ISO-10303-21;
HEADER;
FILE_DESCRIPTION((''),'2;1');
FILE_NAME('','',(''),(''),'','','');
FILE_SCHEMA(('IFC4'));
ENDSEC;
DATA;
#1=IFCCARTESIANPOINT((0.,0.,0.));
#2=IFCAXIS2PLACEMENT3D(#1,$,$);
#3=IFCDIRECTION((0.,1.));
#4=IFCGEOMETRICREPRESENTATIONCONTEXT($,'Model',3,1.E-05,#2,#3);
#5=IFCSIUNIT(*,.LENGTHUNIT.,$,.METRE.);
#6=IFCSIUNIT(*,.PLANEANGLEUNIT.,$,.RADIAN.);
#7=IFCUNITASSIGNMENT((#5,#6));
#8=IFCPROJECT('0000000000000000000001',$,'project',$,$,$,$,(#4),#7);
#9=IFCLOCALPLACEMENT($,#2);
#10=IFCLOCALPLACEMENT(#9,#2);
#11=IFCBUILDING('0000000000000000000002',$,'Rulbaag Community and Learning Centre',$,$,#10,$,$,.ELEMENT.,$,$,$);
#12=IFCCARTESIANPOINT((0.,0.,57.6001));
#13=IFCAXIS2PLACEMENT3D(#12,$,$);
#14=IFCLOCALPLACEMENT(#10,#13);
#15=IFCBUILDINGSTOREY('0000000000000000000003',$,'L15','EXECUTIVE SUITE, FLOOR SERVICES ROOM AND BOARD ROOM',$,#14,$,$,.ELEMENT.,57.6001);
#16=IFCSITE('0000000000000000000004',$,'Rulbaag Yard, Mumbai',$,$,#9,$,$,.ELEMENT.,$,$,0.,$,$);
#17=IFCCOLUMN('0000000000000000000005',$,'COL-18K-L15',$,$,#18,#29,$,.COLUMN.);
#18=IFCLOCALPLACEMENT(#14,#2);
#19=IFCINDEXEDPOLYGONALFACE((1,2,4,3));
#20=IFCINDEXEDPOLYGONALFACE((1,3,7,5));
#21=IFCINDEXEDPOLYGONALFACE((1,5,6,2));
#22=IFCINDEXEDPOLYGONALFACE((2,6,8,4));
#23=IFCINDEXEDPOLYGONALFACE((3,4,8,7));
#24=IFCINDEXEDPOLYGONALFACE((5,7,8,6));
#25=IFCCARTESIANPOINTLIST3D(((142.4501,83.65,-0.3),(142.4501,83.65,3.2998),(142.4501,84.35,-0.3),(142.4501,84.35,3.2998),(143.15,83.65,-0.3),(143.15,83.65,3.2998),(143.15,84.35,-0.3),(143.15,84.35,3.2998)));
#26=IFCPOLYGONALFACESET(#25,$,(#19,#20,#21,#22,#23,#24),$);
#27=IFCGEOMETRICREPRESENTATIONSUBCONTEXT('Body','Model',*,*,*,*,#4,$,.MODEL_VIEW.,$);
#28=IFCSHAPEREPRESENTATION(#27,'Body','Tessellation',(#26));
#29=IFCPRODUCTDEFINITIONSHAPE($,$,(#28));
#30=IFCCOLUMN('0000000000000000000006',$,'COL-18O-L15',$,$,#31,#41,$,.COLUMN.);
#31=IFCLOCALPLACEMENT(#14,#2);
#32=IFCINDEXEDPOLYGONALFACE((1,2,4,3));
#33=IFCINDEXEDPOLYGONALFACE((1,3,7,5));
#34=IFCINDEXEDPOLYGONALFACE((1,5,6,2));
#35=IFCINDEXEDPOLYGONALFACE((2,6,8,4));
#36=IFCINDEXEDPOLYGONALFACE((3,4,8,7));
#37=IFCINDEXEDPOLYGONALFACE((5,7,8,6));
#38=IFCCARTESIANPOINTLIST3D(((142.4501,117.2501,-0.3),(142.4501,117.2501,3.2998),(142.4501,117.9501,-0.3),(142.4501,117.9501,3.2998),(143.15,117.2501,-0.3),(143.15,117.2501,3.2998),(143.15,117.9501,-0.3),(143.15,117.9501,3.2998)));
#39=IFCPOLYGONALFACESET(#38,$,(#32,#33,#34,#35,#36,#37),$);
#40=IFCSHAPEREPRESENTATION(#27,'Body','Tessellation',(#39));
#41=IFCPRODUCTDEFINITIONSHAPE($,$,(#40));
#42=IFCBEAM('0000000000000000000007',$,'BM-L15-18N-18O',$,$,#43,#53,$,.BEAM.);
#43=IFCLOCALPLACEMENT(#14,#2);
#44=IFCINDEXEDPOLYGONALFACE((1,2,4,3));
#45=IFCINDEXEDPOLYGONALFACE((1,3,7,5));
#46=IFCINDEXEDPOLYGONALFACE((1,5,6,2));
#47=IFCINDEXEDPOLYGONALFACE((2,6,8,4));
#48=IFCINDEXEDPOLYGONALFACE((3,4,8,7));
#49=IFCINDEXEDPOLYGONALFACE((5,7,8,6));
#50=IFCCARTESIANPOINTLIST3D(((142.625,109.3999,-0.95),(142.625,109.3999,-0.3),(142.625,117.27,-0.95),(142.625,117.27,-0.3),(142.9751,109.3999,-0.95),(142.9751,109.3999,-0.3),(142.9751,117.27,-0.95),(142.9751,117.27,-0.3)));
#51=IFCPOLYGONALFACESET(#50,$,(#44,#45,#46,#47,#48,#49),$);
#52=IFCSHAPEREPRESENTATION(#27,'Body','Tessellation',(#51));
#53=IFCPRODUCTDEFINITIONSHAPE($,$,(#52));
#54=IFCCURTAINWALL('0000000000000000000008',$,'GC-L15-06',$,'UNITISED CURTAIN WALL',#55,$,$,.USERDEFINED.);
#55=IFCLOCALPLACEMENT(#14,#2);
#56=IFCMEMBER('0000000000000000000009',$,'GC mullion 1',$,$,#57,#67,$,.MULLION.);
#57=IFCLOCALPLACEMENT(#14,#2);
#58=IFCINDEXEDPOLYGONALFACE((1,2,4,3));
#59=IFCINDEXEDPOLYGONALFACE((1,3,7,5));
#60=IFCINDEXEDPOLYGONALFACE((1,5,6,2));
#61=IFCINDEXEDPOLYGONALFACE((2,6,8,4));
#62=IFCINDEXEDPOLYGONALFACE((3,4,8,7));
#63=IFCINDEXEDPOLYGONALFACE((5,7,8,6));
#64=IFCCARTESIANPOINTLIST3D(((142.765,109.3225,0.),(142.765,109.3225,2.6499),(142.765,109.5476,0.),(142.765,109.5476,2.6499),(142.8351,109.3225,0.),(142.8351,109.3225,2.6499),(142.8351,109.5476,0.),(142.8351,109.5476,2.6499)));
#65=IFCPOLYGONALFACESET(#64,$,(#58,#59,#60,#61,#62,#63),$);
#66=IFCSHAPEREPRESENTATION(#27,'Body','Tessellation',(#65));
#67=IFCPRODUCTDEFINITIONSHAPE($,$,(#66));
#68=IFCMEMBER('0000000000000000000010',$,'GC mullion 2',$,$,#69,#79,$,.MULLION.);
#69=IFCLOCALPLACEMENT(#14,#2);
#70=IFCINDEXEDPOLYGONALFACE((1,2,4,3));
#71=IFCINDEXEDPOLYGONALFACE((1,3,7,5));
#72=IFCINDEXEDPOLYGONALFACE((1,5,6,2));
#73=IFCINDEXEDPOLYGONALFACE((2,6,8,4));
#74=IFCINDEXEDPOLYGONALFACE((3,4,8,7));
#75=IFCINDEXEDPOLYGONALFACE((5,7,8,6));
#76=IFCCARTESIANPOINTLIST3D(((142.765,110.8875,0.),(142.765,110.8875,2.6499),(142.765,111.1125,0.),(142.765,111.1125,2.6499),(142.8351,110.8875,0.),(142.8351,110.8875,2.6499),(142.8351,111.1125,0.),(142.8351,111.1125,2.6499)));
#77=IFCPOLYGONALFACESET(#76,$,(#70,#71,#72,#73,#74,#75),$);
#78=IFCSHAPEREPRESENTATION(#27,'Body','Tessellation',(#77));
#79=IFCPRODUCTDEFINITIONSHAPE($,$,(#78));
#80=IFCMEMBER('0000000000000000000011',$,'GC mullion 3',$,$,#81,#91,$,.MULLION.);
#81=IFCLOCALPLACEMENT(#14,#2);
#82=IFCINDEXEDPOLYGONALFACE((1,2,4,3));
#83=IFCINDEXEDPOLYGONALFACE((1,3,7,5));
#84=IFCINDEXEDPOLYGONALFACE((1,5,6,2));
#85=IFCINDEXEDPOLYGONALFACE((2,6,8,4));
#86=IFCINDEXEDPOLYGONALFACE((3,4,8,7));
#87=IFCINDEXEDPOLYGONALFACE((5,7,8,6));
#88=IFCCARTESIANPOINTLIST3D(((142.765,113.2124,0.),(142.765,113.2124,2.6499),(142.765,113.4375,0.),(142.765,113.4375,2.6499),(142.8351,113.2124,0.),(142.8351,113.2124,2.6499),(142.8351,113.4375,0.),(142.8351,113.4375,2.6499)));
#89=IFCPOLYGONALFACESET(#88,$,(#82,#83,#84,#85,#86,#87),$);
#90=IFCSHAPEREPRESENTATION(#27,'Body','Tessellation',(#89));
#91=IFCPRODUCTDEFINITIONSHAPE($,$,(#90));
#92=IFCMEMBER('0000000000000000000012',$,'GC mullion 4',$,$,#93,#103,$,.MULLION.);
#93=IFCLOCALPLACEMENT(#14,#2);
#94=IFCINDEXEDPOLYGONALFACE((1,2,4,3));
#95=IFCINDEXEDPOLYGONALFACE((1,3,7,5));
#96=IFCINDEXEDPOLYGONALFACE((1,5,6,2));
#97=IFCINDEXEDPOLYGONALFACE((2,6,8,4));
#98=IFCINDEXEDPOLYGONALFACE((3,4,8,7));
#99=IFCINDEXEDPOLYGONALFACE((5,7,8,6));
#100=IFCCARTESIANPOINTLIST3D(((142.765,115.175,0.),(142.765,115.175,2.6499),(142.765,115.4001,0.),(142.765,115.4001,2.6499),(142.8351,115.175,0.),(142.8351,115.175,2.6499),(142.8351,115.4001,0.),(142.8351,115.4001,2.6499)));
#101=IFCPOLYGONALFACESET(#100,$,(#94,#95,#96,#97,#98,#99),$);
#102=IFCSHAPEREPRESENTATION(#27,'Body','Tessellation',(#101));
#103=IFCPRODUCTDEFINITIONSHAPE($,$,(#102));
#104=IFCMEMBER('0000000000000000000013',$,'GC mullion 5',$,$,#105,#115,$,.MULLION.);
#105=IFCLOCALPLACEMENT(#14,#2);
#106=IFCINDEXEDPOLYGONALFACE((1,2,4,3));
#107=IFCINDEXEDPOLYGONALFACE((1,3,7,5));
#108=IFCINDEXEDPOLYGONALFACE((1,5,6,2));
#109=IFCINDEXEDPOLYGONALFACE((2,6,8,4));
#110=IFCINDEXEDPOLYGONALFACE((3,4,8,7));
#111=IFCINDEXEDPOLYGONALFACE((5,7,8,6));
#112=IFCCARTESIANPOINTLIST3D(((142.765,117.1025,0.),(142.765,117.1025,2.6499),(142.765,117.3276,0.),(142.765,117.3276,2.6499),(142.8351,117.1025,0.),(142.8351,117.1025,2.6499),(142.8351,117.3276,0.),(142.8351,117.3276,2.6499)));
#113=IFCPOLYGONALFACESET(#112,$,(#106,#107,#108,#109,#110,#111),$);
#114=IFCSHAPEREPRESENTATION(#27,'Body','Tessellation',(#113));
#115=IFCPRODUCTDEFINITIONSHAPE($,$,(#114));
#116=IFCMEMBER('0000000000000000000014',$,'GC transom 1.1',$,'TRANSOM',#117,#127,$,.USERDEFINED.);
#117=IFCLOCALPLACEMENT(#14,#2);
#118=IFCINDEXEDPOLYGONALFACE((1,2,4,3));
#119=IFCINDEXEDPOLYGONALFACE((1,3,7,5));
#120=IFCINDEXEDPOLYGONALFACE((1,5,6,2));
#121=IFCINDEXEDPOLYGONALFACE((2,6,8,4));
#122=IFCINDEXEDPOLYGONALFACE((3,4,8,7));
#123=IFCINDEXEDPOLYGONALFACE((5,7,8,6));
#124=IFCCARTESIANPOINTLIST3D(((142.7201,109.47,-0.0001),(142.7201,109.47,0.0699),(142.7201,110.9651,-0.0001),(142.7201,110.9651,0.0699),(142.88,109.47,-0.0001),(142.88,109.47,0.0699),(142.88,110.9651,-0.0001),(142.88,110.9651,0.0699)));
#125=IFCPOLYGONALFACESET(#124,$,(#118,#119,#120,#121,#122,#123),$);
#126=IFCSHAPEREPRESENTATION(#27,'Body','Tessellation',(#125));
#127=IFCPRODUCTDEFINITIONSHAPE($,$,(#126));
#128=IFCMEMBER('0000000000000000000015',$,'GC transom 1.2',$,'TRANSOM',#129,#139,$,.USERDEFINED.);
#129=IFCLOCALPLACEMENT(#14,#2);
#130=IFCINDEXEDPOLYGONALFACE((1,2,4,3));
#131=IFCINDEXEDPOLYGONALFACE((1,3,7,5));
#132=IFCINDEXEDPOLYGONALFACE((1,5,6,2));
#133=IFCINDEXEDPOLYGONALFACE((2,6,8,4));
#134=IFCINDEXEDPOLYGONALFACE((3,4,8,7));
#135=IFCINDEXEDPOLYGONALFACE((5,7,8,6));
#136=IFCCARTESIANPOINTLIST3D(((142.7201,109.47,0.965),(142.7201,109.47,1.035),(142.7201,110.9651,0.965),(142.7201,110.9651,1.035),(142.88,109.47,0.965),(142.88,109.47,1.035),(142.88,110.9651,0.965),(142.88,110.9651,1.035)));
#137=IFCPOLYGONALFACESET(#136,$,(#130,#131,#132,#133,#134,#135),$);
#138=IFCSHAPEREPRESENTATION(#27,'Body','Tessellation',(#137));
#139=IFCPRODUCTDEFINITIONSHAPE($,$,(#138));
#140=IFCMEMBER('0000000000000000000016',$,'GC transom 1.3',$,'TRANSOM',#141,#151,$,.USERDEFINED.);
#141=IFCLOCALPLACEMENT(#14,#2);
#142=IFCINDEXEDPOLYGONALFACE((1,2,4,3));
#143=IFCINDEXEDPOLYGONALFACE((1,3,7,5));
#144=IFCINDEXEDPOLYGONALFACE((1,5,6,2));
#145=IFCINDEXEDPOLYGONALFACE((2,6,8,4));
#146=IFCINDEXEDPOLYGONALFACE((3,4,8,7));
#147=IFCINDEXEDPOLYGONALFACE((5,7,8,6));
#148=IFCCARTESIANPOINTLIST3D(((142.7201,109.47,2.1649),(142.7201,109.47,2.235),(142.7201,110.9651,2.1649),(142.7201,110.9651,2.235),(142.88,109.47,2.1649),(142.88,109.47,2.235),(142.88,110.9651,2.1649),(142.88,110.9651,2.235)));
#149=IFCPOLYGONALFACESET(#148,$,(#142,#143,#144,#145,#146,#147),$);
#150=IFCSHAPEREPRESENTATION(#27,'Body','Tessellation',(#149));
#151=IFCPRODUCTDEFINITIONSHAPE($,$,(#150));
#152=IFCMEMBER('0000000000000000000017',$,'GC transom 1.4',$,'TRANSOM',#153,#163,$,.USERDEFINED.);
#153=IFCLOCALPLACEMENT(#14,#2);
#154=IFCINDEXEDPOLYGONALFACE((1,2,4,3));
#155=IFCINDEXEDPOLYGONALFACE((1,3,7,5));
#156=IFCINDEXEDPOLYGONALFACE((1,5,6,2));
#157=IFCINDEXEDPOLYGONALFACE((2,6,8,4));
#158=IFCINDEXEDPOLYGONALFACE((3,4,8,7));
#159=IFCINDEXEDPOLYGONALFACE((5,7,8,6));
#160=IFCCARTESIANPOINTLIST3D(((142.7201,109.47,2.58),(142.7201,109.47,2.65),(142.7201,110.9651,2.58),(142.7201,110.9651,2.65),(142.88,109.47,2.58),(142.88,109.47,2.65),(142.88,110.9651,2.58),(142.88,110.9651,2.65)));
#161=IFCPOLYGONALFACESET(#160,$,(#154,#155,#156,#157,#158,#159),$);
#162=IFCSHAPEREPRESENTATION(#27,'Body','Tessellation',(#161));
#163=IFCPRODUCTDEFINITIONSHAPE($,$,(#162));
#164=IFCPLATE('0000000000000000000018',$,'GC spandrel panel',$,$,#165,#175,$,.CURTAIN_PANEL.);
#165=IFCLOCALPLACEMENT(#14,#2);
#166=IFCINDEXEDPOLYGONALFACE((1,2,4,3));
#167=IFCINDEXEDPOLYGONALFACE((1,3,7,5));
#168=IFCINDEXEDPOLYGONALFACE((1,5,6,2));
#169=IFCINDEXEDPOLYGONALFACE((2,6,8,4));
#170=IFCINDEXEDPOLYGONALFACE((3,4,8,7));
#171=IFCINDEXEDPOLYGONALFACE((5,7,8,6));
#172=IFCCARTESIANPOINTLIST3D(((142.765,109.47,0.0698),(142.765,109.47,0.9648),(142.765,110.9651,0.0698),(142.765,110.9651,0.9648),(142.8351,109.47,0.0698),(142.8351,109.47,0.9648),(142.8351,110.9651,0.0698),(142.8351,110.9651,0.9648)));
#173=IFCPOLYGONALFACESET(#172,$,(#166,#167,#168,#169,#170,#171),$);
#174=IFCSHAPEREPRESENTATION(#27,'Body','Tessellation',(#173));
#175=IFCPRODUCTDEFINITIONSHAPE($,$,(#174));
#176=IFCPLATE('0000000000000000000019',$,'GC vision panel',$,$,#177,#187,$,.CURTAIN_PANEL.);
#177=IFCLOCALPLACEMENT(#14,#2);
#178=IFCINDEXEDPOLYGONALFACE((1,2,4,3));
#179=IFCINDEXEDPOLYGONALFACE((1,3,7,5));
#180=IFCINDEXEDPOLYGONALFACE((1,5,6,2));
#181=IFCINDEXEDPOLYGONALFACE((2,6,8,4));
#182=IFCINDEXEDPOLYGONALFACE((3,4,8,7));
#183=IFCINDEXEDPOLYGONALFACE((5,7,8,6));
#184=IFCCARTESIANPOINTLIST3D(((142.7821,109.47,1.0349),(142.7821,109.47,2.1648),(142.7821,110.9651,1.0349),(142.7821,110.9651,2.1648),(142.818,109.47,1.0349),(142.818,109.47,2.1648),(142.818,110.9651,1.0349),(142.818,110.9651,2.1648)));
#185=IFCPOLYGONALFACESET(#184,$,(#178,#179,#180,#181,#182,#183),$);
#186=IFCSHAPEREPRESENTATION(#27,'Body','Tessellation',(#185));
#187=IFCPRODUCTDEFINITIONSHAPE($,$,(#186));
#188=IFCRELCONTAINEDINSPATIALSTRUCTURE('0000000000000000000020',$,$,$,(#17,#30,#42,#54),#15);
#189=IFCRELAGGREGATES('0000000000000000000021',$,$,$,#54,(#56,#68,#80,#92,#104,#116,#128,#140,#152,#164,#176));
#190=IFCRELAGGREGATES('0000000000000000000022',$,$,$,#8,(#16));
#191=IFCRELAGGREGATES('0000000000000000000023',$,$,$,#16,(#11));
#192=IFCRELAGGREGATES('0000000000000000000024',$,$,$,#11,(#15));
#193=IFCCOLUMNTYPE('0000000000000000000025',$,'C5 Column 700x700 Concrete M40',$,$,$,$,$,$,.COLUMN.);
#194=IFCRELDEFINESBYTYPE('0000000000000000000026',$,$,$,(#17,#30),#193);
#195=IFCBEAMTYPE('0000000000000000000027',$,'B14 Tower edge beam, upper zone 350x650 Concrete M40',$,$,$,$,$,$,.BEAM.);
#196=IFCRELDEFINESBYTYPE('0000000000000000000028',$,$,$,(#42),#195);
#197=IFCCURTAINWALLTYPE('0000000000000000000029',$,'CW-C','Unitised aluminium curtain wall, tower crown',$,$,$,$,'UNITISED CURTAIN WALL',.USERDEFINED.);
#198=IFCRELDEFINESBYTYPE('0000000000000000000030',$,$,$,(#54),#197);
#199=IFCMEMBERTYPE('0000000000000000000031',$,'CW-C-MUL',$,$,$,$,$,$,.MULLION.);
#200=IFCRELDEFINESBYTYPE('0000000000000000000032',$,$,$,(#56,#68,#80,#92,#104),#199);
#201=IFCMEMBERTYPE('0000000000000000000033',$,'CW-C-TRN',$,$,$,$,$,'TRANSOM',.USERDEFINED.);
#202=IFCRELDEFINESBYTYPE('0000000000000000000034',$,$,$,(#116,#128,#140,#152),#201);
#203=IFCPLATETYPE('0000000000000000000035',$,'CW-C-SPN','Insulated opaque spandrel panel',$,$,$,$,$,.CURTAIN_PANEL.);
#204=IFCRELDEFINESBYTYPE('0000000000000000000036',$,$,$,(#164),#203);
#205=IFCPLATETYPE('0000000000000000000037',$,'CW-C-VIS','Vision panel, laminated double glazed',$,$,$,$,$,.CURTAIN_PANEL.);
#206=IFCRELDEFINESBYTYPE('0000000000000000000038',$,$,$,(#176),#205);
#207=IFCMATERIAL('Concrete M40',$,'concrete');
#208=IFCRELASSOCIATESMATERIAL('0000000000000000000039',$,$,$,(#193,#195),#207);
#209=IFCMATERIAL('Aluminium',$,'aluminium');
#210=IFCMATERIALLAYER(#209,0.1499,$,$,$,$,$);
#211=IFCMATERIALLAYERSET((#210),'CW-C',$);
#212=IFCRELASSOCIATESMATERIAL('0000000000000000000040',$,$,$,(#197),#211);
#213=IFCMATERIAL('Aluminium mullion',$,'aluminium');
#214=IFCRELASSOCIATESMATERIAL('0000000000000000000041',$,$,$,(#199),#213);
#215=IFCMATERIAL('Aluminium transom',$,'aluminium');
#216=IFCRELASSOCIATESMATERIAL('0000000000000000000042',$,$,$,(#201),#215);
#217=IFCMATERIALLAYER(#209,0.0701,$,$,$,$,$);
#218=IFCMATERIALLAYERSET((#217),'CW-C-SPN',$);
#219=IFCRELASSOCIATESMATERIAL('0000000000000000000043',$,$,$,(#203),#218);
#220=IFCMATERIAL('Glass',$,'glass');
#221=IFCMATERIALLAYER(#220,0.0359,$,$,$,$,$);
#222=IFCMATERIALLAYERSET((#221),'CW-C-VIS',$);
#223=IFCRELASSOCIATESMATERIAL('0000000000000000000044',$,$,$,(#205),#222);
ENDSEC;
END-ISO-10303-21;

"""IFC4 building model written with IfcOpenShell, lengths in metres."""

from ifc_helpers import new_model, si_unit, direction, frame, origin, origin_2d, place, context, subcontext, project, spatial, rectangle, extrude, material, layer, layer_set, material_profile, profile_set, type_object, element, aggregate, save


model = new_model("IFC4")

# Units and contexts
model_context = context("Model", 3, precision=1e-05, world=origin(), true_north=direction((0.0, 1.0)))
body_context = subcontext(model_context, "Body", "Model", "MODEL_VIEW")
ifc_project = project(units=[si_unit("LENGTHUNIT", "METRE"), si_unit("PLANEANGLEUNIT", "RADIAN")], contexts=[model_context])

# Site, building, storey
site_placement = place(None, origin())
site = spatial("IfcSite", under=ifc_project, at=site_placement, Name="Rulbaag Yard, Mumbai", CompositionType="ELEMENT", RefElevation=0.0)
building_placement = place(site_placement, origin())
building = spatial("IfcBuilding", under=site, at=building_placement, Name="Rulbaag Community and Learning Centre", CompositionType="ELEMENT")
storey_placement = place(building_placement, frame((0.0, 0.0, 57.6001)))
storey = spatial("IfcBuildingStorey", under=building, at=storey_placement, Name="L15", Description="EXECUTIVE SUITE, FLOOR SERVICES ROOM AND BOARD ROOM", CompositionType="ELEMENT", Elevation=57.6001)

# Columns
ifc_material_1 = material(Name="Concrete M40", Category="concrete")
ifc_material_profile_1 = material_profile(ifc_material_1, rectangle(XDim=0.7, YDim=0.7, at=origin_2d()), Name="RC700x700")
ifc_profile_set_1 = profile_set([ifc_material_profile_1], Name="Concrete M40")
column_type = type_object("IfcColumnType", Name="C5 Column 700x700 Concrete M40", PredefinedType="COLUMN", material=ifc_profile_set_1)
for number, where, z_axis, x_axis, name in (
    (1, (142.8, 84.0, -0.3), (0.0, 0.0, 1.0), (1.0, 0.0, 0.0), "COL-18K-L15"),
    (2, (142.8, 117.6001, -0.3), (0.0, 0.0, 1.0), (1.0, 0.0, 0.0), "COL-18O-L15"),
):
    element("IfcColumn", number, at=place(storey_placement, frame(where, z_axis=z_axis, x_axis=x_axis)), inside=storey, type_object=column_type, Name=name, PredefinedType="COLUMN", context=body_context, shape_type="SweptSolid", body=[
        extrude(rectangle(XDim=0.7, YDim=0.7, at=origin_2d()), origin(), (0.0, 0.0, 1.0), 3.5999),
    ])

# Beam
ifc_material_profile_2 = material_profile(ifc_material_1, rectangle(XDim=0.3501, YDim=0.6499, at=origin_2d()), Name="RB350x650")
ifc_profile_set_2 = profile_set([ifc_material_profile_2], Name="Concrete M40")
beam_type = type_object("IfcBeamType", Name="B14 Tower edge beam, upper zone 350x650 Concrete M40", PredefinedType="BEAM", material=ifc_profile_set_2)
beam_placement = place(storey_placement, frame((142.8, 109.3999, -0.625), z_axis=(0.0, 1.0, 0.0), x_axis=(-1.0, 0.0, 0.0)))
element("IfcBeam", 3, at=beam_placement, inside=storey, type_object=beam_type, Name="BM-L15-18N-18O", PredefinedType="BEAM", context=body_context, shape_type="SweptSolid", body=[
    extrude(rectangle(XDim=0.3501, YDim=0.6499, at=origin_2d()), origin(), (0.0, 0.0, 1.0), 7.8701),
])

# Curtain wall, members, plates
ifc_material_2 = material(Name="Aluminium", Category="aluminium")
ifc_layer_1 = layer(ifc_material_2, 0.1499)
ifc_layer_set_1 = layer_set([ifc_layer_1], Name="CW-C")
curtain_wall_type = type_object("IfcCurtainWallType", Name="CW-C", Description="Unitised aluminium curtain wall, tower crown", ElementType="UNITISED CURTAIN WALL", PredefinedType="USERDEFINED", material=ifc_layer_set_1)
curtain_wall_placement = place(storey_placement, origin())
curtain_wall = element("IfcCurtainWall", 4, at=curtain_wall_placement, inside=storey, type_object=curtain_wall_type, Name="GC-L15-06", ObjectType="UNITISED CURTAIN WALL", PredefinedType="USERDEFINED")
ifc_material_3 = material(Name="Aluminium mullion", Category="aluminium")
ifc_material_profile_3 = material_profile(ifc_material_3, rectangle(XDim=0.0701, YDim=0.2251, at=origin_2d()), Name="AL 70x225")
ifc_profile_set_3 = profile_set([ifc_material_profile_3], Name="Aluminium mullion")
member_type_1 = type_object("IfcMemberType", Name="CW-C-MUL", PredefinedType="MULLION", material=ifc_profile_set_3)
member_1_placement = place(storey_placement, frame((142.8, 109.4351, 0.0), z_axis=(0.0, 0.0, 1.0), x_axis=(-1.0, 0.0, 0.0)))
member_1 = element("IfcMember", 5, at=member_1_placement, type_object=member_type_1, Name="GC mullion 1", PredefinedType="MULLION", context=body_context, shape_type="SweptSolid", body=[
    extrude(rectangle(XDim=0.0701, YDim=0.2251, at=origin_2d()), origin(), (0.0, 0.0, 1.0), 2.6499),
])
member_2_placement = place(storey_placement, frame((142.8, 111.0, 0.0), z_axis=(0.0, 0.0, 1.0), x_axis=(-1.0, 0.0, 0.0)))
member_2 = element("IfcMember", 6, at=member_2_placement, type_object=member_type_1, Name="GC mullion 2", PredefinedType="MULLION", context=body_context, shape_type="SweptSolid", body=[
    extrude(rectangle(XDim=0.0701, YDim=0.2251, at=origin_2d()), origin(), (0.0, 0.0, 1.0), 2.6499),
])
member_3_placement = place(storey_placement, frame((142.8, 113.325, 0.0), z_axis=(0.0, 0.0, 1.0), x_axis=(-1.0, 0.0, 0.0)))
member_3 = element("IfcMember", 7, at=member_3_placement, type_object=member_type_1, Name="GC mullion 3", PredefinedType="MULLION", context=body_context, shape_type="SweptSolid", body=[
    extrude(rectangle(XDim=0.0701, YDim=0.2251, at=origin_2d()), origin(), (0.0, 0.0, 1.0), 2.6499),
])
member_4_placement = place(storey_placement, frame((142.8, 115.2876, 0.0), z_axis=(0.0, 0.0, 1.0), x_axis=(-1.0, 0.0, 0.0)))
member_4 = element("IfcMember", 8, at=member_4_placement, type_object=member_type_1, Name="GC mullion 4", PredefinedType="MULLION", context=body_context, shape_type="SweptSolid", body=[
    extrude(rectangle(XDim=0.0701, YDim=0.2251, at=origin_2d()), origin(), (0.0, 0.0, 1.0), 2.6499),
])
member_5_placement = place(storey_placement, frame((142.8, 117.2151, 0.0), z_axis=(0.0, 0.0, 1.0), x_axis=(-1.0, 0.0, 0.0)))
member_5 = element("IfcMember", 9, at=member_5_placement, type_object=member_type_1, Name="GC mullion 5", PredefinedType="MULLION", context=body_context, shape_type="SweptSolid", body=[
    extrude(rectangle(XDim=0.0701, YDim=0.2251, at=origin_2d()), origin(), (0.0, 0.0, 1.0), 2.6499),
])
ifc_material_4 = material(Name="Aluminium transom", Category="aluminium")
ifc_material_profile_4 = material_profile(ifc_material_4, rectangle(XDim=0.1599, YDim=0.0701, at=origin_2d()), Name="AL 70x160 T")
ifc_profile_set_4 = profile_set([ifc_material_profile_4], Name="Aluminium transom")
member_type_2 = type_object("IfcMemberType", Name="CW-C-TRN", ElementType="TRANSOM", PredefinedType="USERDEFINED", material=ifc_profile_set_4)
member_6_placement = place(storey_placement, frame((142.8, 109.47, 0.0349), z_axis=(0.0, 1.0, 0.0), x_axis=(-1.0, 0.0, 0.0)))
member_6 = element("IfcMember", 10, at=member_6_placement, type_object=member_type_2, Name="GC transom 1.1", ObjectType="TRANSOM", PredefinedType="USERDEFINED", context=body_context, shape_type="SweptSolid", body=[
    extrude(rectangle(XDim=0.1599, YDim=0.0701, at=origin_2d()), origin(), (0.0, 0.0, 1.0), 1.4951),
])
member_7_placement = place(storey_placement, frame((142.8, 109.47, 1.0), z_axis=(0.0, 1.0, 0.0), x_axis=(-1.0, 0.0, 0.0)))
member_7 = element("IfcMember", 11, at=member_7_placement, type_object=member_type_2, Name="GC transom 1.2", ObjectType="TRANSOM", PredefinedType="USERDEFINED", context=body_context, shape_type="SweptSolid", body=[
    extrude(rectangle(XDim=0.1599, YDim=0.0701, at=origin_2d()), origin(), (0.0, 0.0, 1.0), 1.4951),
])
member_8_placement = place(storey_placement, frame((142.8, 109.47, 2.2), z_axis=(0.0, 1.0, 0.0), x_axis=(-1.0, 0.0, 0.0)))
member_8 = element("IfcMember", 12, at=member_8_placement, type_object=member_type_2, Name="GC transom 1.3", ObjectType="TRANSOM", PredefinedType="USERDEFINED", context=body_context, shape_type="SweptSolid", body=[
    extrude(rectangle(XDim=0.1599, YDim=0.0701, at=origin_2d()), origin(), (0.0, 0.0, 1.0), 1.4951),
])
member_9_placement = place(storey_placement, frame((142.8, 109.47, 2.615), z_axis=(0.0, 1.0, 0.0), x_axis=(-1.0, 0.0, 0.0)))
member_9 = element("IfcMember", 13, at=member_9_placement, type_object=member_type_2, Name="GC transom 1.4", ObjectType="TRANSOM", PredefinedType="USERDEFINED", context=body_context, shape_type="SweptSolid", body=[
    extrude(rectangle(XDim=0.1599, YDim=0.0701, at=origin_2d()), origin(), (0.0, 0.0, 1.0), 1.4951),
])
ifc_layer_2 = layer(ifc_material_2, 0.0701)
ifc_layer_set_2 = layer_set([ifc_layer_2], Name="CW-C-SPN")
plate_type_1 = type_object("IfcPlateType", Name="CW-C-SPN", Description="Insulated opaque spandrel panel", PredefinedType="CURTAIN_PANEL", material=ifc_layer_set_2)
plate_1_placement = place(storey_placement, frame((142.8, 110.2175, 0.0698), z_axis=(0.0, 0.0, 1.0), x_axis=(0.0, 1.0, 0.0)))
plate_1 = element("IfcPlate", 14, at=plate_1_placement, type_object=plate_type_1, Name="GC spandrel panel", PredefinedType="CURTAIN_PANEL", context=body_context, shape_type="SweptSolid", body=[
    extrude(rectangle(XDim=1.4951, YDim=0.0701, at=origin_2d()), origin(), (0.0, 0.0, 1.0), 0.895),
])
ifc_material_5 = material(Name="Glass", Category="glass")
ifc_layer_3 = layer(ifc_material_5, 0.0359)
ifc_layer_set_3 = layer_set([ifc_layer_3], Name="CW-C-VIS")
plate_type_2 = type_object("IfcPlateType", Name="CW-C-VIS", Description="Vision panel, laminated double glazed", PredefinedType="CURTAIN_PANEL", material=ifc_layer_set_3)
plate_2_placement = place(storey_placement, frame((142.8, 110.2175, 1.0349), z_axis=(0.0, 0.0, 1.0), x_axis=(0.0, 1.0, 0.0)))
plate_2 = element("IfcPlate", 15, at=plate_2_placement, type_object=plate_type_2, Name="GC vision panel", PredefinedType="CURTAIN_PANEL", context=body_context, shape_type="SweptSolid", body=[
    extrude(rectangle(XDim=1.4951, YDim=0.0359, at=origin_2d()), origin(), (0.0, 0.0, 1.0), 1.1299),
])
aggregate(curtain_wall, [member_1, member_2, member_3, member_4, member_5, member_6, member_7, member_8, member_9, plate_1, plate_2])

save(model, "model.ifc")
